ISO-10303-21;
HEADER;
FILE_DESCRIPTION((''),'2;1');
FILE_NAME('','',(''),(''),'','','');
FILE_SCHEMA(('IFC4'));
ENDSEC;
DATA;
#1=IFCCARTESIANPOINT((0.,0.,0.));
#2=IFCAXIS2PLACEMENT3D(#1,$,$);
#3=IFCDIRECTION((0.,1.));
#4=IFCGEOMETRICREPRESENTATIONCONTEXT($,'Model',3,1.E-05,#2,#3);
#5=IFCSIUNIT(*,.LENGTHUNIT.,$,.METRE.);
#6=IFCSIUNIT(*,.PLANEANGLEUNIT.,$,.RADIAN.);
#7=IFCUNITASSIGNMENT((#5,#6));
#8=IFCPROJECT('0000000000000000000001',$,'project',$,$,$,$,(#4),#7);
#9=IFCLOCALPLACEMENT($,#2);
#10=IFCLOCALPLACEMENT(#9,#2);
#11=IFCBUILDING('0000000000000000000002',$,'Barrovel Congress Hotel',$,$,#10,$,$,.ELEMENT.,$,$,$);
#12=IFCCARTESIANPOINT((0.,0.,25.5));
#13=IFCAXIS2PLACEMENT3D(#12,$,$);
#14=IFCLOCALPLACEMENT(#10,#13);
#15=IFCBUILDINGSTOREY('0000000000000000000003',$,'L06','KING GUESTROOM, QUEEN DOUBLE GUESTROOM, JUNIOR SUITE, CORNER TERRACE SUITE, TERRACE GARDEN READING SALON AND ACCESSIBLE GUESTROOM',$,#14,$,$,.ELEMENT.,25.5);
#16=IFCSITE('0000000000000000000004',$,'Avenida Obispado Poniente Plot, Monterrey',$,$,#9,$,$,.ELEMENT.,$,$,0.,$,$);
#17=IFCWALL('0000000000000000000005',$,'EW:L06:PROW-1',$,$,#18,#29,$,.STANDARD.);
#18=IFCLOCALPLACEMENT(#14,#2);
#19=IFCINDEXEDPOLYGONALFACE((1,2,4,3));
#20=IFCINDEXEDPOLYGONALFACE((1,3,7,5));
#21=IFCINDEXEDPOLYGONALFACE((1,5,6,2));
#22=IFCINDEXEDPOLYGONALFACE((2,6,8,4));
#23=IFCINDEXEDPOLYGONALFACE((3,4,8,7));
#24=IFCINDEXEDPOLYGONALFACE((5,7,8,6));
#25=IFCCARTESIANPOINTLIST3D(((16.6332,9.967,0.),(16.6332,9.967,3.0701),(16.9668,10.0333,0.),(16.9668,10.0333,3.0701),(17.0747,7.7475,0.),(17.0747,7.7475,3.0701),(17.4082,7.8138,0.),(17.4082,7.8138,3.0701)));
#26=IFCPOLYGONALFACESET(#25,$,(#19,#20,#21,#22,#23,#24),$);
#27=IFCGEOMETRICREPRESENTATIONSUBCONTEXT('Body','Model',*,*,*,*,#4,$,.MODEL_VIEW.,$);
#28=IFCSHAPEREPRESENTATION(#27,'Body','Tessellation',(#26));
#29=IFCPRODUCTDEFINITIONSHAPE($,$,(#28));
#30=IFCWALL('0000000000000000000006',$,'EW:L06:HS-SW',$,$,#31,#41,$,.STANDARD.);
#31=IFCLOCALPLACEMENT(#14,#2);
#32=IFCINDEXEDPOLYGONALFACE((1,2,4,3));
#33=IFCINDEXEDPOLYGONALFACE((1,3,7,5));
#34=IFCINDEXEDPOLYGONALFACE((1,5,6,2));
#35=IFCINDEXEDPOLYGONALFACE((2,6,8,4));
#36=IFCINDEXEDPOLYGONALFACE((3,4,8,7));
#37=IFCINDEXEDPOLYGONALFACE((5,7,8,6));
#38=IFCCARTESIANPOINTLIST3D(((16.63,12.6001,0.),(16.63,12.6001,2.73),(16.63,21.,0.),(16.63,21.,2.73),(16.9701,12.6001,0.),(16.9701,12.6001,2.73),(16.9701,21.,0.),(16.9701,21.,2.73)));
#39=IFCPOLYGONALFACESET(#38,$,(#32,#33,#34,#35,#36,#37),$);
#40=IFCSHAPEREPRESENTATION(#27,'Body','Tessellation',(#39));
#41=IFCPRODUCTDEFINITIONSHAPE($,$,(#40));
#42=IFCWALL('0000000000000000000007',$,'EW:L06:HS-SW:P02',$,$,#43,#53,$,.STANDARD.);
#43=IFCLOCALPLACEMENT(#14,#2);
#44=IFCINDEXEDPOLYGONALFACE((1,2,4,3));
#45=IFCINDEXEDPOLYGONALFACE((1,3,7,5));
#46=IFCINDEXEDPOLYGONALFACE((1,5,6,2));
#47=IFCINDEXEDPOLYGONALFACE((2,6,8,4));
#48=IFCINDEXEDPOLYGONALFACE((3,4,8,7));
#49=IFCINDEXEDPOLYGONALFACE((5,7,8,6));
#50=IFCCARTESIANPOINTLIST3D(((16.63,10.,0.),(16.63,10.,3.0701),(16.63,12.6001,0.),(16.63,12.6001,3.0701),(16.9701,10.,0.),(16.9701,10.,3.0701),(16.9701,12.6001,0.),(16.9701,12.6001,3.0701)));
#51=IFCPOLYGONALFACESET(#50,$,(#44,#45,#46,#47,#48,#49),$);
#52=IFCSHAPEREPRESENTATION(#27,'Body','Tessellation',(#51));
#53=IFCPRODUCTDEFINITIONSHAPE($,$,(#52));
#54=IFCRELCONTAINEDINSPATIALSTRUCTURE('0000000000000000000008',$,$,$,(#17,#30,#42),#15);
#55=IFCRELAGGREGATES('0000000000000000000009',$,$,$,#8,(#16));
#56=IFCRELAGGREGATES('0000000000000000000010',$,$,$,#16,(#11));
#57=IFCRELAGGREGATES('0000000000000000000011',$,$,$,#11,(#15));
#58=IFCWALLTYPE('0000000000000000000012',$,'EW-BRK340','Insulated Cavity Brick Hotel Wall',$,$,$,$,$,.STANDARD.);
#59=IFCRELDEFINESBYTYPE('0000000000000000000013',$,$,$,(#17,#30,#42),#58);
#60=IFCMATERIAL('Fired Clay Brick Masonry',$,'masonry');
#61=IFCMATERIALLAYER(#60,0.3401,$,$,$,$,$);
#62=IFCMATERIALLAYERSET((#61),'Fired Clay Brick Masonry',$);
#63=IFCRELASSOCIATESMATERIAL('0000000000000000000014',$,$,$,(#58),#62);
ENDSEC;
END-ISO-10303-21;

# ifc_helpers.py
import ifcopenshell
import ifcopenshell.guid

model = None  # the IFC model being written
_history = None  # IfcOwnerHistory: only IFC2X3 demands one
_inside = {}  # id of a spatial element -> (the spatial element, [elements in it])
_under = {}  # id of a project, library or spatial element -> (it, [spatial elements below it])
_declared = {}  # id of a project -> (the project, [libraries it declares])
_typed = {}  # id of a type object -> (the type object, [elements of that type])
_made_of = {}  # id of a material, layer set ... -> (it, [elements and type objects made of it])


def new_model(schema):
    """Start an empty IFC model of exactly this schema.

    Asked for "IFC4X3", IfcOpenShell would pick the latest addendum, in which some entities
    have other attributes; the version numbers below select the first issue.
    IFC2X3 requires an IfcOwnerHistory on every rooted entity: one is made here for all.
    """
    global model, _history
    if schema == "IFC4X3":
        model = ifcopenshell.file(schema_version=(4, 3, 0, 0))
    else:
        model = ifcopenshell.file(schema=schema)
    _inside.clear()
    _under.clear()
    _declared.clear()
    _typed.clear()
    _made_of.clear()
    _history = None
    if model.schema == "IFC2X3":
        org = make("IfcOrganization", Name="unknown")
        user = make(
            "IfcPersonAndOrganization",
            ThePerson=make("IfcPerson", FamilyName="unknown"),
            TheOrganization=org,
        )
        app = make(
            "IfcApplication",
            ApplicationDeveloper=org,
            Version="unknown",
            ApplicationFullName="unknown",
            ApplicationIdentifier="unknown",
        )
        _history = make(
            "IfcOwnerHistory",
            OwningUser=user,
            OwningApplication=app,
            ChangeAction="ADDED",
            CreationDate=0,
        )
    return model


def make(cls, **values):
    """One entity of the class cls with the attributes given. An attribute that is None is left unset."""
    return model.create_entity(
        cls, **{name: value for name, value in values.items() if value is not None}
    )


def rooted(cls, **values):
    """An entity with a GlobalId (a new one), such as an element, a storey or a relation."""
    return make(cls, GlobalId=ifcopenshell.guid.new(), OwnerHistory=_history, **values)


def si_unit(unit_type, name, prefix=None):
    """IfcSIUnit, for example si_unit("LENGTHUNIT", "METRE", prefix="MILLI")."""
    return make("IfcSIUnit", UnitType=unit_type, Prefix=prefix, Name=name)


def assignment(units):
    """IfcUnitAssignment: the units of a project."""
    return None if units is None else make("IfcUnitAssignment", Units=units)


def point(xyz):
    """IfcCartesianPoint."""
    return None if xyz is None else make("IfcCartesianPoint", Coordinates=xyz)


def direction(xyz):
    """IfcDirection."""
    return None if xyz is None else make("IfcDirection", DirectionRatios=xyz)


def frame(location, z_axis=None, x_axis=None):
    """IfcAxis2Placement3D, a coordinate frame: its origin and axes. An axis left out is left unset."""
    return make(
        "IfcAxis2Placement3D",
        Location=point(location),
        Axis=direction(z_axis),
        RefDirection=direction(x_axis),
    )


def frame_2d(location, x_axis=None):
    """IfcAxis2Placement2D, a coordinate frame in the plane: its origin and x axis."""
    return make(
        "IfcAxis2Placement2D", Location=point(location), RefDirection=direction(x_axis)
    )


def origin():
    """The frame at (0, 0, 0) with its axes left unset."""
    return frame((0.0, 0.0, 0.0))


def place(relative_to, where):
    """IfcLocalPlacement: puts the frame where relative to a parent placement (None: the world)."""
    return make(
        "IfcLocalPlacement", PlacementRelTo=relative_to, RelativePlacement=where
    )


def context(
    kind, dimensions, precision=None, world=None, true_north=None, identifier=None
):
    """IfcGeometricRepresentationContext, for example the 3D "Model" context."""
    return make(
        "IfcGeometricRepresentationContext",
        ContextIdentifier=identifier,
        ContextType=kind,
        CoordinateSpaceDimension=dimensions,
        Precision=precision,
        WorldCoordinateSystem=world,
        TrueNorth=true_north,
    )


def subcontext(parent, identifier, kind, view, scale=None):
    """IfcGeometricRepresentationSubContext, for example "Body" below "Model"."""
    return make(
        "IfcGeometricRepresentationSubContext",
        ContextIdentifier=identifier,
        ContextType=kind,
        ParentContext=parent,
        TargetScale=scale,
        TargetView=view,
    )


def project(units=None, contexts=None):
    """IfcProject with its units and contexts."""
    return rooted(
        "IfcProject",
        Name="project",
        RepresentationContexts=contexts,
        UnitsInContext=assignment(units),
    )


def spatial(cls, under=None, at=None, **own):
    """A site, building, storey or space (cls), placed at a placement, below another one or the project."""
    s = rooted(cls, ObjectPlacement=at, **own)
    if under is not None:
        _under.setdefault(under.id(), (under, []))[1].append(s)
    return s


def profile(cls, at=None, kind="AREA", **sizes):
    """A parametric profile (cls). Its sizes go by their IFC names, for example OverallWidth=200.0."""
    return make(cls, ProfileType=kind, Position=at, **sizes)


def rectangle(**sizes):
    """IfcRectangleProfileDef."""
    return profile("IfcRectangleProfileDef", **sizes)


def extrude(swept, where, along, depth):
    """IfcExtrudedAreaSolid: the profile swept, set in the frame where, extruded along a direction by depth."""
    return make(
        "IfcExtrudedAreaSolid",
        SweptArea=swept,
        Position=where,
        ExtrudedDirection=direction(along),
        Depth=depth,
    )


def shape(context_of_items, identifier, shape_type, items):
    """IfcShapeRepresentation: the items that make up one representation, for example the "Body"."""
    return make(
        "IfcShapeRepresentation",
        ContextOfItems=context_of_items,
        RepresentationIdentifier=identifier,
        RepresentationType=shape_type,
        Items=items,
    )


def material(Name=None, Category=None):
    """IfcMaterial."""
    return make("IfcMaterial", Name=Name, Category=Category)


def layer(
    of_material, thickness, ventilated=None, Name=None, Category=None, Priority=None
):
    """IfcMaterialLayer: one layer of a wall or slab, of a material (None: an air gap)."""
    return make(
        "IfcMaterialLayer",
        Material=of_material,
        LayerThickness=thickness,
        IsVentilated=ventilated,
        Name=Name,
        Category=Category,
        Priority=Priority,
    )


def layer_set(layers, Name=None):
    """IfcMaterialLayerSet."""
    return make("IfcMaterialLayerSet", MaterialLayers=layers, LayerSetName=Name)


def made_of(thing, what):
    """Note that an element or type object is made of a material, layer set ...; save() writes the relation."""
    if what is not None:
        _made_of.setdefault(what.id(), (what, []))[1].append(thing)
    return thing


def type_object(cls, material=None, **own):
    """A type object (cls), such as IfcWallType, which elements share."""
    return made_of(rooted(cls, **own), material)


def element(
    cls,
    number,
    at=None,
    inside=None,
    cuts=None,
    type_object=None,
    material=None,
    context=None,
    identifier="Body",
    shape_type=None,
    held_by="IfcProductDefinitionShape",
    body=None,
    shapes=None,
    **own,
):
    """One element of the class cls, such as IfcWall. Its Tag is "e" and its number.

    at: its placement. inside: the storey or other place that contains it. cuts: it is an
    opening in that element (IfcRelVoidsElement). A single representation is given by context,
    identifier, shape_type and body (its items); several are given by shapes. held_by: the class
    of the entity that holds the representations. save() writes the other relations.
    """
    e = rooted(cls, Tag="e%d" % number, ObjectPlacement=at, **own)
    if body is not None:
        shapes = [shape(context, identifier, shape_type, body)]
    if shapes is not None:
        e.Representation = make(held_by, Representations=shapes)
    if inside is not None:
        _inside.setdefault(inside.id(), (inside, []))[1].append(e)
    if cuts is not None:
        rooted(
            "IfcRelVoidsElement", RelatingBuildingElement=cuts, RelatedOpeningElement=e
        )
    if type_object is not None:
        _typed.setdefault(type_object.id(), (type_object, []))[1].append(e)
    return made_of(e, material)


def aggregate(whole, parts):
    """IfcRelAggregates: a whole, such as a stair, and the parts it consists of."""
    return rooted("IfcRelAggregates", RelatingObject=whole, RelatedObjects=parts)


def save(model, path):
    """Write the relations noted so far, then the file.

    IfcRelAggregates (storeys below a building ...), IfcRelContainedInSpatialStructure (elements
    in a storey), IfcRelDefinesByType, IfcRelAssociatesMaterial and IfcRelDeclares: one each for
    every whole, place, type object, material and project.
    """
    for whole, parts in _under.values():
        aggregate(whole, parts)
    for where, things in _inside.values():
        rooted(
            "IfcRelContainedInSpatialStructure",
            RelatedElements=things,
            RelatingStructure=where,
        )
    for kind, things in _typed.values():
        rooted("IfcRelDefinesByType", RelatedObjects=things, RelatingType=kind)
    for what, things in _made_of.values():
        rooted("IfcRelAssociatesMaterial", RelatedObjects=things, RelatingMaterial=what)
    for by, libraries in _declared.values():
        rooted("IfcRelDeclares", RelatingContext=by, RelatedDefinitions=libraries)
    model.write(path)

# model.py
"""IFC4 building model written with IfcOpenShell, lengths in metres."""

from ifc_helpers import new_model, si_unit, direction, frame, frame_2d, origin, place, context, subcontext, project, spatial, rectangle, extrude, material, layer, layer_set, type_object, element, save


model = new_model("IFC4")

# Units and contexts
model_context = context("Model", 3, precision=1e-05, world=origin(), true_north=direction((0.0, 1.0)))
body_context = subcontext(model_context, "Body", "Model", "MODEL_VIEW")
ifc_project = project(units=[si_unit("LENGTHUNIT", "METRE"), si_unit("PLANEANGLEUNIT", "RADIAN")], contexts=[model_context])

# Site, building, storey
site_placement = place(None, origin())
site = spatial("IfcSite", under=ifc_project, at=site_placement, Name="Avenida Obispado Poniente Plot, Monterrey", CompositionType="ELEMENT", RefElevation=0.0)
building_placement = place(site_placement, origin())
building = spatial("IfcBuilding", under=site, at=building_placement, Name="Barrovel Congress Hotel", CompositionType="ELEMENT")
storey_placement = place(building_placement, frame((0.0, 0.0, 25.5)))
storey = spatial("IfcBuildingStorey", under=building, at=storey_placement, Name="L06", Description="KING GUESTROOM, QUEEN DOUBLE GUESTROOM, JUNIOR SUITE, CORNER TERRACE SUITE, TERRACE GARDEN READING SALON AND ACCESSIBLE GUESTROOM", CompositionType="ELEMENT", Elevation=25.5)

# Walls
ifc_material_1 = material(Name="Fired Clay Brick Masonry", Category="masonry")
ifc_layer_1 = layer(ifc_material_1, 0.3401)
ifc_layer_set_1 = layer_set([ifc_layer_1], Name="Fired Clay Brick Masonry")
wall_type = type_object("IfcWallType", Name="EW-BRK340", Description="Insulated Cavity Brick Hotel Wall", PredefinedType="STANDARD", material=ifc_layer_set_1)
wall_1_placement = place(storey_placement, frame((16.8, 10.0, 0.0), z_axis=(0.0, 0.0, 1.0), x_axis=(0.195058, -0.980792, 0.0)))
element("IfcWall", 1, at=wall_1_placement, inside=storey, type_object=wall_type, Name="EW:L06:PROW-1", PredefinedType="STANDARD", context=body_context, shape_type="SweptSolid", body=[
    extrude(rectangle(XDim=2.2629, YDim=0.3401, at=frame_2d((1.1313, 0.0))), origin(), (0.0, 0.0, 1.0), 3.0701),
])
wall_2_placement = place(storey_placement, frame((16.8, 21.0, 0.0), z_axis=(0.0, 0.0, 1.0), x_axis=(0.0, -1.0, 0.0)))
element("IfcWall", 2, at=wall_2_placement, inside=storey, type_object=wall_type, Name="EW:L06:HS-SW", PredefinedType="STANDARD", context=body_context, shape_type="SweptSolid", body=[
    extrude(rectangle(XDim=8.3999, YDim=0.3401, at=frame_2d((4.2, 0.0))), origin(), (0.0, 0.0, 1.0), 2.73),
])
wall_3_placement = place(storey_placement, frame((16.8, 12.6001, 0.0), z_axis=(0.0, 0.0, 1.0), x_axis=(0.0, -1.0, 0.0)))
element("IfcWall", 3, at=wall_3_placement, inside=storey, type_object=wall_type, Name="EW:L06:HS-SW:P02", PredefinedType="STANDARD", context=body_context, shape_type="SweptSolid", body=[
    extrude(rectangle(XDim=2.6001, YDim=0.3401, at=frame_2d((1.3, 0.0))), origin(), (0.0, 0.0, 1.0), 3.0701),
])

save(model, "model.ifc")
